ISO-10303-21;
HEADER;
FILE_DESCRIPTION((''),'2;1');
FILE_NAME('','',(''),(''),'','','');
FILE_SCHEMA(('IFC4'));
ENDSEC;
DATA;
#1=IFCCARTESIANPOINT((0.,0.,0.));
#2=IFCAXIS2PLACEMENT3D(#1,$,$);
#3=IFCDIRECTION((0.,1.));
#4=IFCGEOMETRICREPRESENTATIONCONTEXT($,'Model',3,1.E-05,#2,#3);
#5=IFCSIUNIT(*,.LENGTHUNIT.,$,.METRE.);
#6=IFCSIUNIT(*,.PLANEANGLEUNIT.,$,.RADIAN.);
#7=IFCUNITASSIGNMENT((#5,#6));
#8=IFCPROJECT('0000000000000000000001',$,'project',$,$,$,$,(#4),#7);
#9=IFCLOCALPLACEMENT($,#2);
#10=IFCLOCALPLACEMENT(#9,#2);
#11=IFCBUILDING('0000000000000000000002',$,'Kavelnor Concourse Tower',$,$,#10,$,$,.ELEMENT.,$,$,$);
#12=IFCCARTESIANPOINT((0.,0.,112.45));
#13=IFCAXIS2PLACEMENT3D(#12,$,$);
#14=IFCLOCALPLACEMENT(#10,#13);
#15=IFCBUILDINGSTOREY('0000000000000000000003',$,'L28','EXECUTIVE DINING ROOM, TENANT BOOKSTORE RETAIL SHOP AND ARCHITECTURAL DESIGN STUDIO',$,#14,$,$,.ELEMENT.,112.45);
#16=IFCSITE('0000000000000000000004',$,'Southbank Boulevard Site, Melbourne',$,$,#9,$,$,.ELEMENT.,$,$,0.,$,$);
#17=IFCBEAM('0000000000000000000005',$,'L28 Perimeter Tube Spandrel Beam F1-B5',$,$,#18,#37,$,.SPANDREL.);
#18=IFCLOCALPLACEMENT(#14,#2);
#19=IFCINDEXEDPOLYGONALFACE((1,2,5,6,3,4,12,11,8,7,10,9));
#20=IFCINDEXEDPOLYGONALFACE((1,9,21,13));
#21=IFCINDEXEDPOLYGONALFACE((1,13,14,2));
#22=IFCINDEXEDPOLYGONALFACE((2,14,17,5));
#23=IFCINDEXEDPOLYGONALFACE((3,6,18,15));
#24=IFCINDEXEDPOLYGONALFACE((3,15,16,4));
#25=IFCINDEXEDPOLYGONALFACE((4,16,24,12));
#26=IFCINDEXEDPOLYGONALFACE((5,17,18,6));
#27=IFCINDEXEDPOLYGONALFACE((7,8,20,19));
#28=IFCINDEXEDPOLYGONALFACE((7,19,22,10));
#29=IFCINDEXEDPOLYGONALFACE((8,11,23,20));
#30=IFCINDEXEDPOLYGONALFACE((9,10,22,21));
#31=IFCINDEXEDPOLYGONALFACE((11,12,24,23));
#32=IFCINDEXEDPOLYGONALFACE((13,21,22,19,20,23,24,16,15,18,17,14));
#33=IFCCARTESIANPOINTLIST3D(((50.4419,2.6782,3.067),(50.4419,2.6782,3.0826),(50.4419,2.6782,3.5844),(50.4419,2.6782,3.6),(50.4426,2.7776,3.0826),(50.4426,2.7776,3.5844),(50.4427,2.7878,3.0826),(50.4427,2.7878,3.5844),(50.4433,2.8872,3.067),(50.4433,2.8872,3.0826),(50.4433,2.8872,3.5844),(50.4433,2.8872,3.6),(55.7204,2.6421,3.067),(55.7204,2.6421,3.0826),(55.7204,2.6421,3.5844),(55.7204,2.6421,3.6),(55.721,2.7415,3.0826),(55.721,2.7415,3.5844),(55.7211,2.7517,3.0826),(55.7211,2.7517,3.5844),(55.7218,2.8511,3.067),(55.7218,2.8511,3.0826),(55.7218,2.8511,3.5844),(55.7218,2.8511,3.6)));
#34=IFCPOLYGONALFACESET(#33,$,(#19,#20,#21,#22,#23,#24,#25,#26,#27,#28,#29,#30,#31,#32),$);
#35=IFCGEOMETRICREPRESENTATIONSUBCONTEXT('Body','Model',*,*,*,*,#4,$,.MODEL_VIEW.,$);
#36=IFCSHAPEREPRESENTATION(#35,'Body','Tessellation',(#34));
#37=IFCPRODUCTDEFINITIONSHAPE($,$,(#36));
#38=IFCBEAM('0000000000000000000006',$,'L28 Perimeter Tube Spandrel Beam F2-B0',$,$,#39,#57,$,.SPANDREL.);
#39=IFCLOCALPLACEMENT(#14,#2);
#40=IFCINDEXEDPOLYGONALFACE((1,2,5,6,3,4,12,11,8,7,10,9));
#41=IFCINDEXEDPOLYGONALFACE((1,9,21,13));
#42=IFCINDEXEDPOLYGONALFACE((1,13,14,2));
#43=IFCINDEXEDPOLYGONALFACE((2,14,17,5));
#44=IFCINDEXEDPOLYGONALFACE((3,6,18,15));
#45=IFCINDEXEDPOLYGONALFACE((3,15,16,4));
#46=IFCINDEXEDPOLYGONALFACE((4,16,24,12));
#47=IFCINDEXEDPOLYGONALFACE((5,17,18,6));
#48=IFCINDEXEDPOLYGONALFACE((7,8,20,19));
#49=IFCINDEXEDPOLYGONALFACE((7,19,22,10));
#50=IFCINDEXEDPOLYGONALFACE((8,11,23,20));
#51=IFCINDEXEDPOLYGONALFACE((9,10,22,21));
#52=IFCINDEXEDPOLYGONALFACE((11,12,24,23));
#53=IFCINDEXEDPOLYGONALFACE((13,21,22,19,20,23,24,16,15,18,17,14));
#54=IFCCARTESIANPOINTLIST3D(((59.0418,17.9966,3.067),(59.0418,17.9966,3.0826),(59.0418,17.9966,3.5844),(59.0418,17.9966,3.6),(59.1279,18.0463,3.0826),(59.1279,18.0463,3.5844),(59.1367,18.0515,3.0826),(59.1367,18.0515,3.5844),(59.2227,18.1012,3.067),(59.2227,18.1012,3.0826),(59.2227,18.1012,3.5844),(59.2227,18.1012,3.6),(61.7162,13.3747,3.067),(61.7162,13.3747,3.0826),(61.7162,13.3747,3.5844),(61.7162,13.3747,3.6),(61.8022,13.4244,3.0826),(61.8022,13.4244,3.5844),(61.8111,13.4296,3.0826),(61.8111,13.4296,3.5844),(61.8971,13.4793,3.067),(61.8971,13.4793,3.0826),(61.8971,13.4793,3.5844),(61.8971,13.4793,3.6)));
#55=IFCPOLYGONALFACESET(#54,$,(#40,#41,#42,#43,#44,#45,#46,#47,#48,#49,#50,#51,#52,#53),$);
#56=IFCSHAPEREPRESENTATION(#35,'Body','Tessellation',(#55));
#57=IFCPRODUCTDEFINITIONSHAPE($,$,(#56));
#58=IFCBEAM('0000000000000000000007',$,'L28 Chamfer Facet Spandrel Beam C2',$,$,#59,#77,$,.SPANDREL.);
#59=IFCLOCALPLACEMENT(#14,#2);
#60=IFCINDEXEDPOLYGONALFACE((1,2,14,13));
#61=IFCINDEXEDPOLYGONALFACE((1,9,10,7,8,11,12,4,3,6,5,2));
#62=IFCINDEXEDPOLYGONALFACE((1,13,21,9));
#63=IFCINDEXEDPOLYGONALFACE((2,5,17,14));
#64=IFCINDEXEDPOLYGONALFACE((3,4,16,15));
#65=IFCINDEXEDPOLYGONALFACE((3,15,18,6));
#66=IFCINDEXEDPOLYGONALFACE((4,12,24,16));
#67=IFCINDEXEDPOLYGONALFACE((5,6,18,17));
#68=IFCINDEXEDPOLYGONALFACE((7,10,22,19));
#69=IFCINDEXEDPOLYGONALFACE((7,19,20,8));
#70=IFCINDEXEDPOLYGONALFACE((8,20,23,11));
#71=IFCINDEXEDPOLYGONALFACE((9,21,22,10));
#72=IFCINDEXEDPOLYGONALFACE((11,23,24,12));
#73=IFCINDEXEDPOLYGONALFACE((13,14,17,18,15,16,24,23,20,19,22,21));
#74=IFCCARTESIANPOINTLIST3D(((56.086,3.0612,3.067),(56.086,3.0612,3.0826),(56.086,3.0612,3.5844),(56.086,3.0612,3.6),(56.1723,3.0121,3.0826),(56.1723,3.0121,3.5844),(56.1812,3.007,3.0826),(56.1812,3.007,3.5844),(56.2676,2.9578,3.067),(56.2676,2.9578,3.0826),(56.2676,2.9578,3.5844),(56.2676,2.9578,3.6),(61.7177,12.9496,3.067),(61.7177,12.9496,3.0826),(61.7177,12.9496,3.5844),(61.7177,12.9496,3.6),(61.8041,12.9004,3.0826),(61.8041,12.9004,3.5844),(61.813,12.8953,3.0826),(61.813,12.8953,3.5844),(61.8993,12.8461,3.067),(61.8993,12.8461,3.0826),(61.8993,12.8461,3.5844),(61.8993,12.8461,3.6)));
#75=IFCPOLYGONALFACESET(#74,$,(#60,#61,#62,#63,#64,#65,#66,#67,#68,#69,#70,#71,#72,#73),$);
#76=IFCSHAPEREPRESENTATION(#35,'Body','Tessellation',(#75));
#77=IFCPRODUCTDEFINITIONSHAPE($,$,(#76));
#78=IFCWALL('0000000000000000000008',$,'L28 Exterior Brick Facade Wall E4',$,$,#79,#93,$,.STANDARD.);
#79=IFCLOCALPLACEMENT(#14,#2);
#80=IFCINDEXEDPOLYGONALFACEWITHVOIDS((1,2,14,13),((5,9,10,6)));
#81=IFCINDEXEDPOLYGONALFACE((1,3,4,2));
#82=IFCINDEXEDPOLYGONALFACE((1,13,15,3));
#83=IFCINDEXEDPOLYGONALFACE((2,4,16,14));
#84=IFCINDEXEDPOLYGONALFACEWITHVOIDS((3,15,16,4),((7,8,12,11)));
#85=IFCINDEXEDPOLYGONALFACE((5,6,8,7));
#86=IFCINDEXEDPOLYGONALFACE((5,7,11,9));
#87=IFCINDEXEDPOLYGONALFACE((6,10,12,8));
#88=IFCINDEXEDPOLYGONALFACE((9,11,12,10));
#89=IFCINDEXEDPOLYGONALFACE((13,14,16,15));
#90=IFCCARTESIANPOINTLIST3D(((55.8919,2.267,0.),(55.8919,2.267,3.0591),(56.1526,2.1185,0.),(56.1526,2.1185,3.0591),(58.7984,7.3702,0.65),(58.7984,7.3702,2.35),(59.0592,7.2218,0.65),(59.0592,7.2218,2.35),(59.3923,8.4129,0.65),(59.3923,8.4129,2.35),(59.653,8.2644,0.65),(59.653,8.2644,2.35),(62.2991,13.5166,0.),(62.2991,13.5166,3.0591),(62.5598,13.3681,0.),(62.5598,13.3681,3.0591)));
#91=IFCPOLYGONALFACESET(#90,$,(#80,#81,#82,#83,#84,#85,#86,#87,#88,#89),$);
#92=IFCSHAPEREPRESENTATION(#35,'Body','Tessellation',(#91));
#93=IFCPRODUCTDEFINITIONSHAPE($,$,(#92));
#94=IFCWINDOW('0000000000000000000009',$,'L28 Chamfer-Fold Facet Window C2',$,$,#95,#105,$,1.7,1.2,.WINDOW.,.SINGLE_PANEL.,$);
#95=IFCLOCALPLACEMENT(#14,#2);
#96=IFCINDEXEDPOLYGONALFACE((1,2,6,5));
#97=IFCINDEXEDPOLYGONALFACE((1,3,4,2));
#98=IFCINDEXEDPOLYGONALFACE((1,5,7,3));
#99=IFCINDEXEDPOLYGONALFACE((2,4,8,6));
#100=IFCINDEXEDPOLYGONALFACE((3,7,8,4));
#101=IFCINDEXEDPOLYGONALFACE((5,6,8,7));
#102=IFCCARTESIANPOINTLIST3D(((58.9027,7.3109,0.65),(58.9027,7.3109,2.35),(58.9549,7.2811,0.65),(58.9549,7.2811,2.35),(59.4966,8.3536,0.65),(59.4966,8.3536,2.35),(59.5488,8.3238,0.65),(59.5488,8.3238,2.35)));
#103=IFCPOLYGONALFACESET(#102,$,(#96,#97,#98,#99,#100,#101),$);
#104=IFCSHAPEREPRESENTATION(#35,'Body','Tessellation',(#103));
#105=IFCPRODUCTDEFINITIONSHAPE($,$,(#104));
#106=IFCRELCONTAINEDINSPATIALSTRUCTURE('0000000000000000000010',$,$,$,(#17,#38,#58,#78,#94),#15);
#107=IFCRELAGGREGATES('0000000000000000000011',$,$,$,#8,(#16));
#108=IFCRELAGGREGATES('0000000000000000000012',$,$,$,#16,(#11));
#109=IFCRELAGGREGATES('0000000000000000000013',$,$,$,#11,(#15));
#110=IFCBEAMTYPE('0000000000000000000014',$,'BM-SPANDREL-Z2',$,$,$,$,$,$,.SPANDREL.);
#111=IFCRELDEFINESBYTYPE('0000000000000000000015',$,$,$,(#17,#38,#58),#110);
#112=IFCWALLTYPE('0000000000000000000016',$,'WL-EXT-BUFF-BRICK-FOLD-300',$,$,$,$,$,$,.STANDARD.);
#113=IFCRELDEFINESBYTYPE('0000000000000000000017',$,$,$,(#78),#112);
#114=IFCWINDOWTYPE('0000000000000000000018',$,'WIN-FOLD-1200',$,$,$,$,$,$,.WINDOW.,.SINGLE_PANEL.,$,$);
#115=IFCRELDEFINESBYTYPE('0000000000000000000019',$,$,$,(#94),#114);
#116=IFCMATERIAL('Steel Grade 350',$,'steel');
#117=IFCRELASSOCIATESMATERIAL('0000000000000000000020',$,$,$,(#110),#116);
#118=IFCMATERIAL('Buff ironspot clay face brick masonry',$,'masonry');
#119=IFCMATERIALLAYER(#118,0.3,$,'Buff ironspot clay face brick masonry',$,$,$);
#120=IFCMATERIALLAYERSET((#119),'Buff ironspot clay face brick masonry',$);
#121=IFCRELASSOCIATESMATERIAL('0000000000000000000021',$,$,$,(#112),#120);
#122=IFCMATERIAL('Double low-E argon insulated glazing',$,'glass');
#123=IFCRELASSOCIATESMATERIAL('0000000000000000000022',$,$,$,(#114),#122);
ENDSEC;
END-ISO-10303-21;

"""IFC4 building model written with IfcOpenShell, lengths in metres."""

from ifc_helpers import new_model, si_unit, direction, frame, frame_2d, origin, origin_2d, place, context, subcontext, project, spatial, rectangle, i_section, extrude, material, layer, layer_set, material_profile, profile_set, type_object, element, fill, save


model = new_model("IFC4")

# Units and contexts
model_context = context("Model", 3, precision=1e-05, world=origin(), true_north=direction((0.0, 1.0)))
body_context = subcontext(model_context, "Body", "Model", "MODEL_VIEW")
ifc_project = project(units=[si_unit("LENGTHUNIT", "METRE"), si_unit("PLANEANGLEUNIT", "RADIAN")], contexts=[model_context])

# Site, building, storey
site_placement = place(None, origin())
site = spatial("IfcSite", under=ifc_project, at=site_placement, Name="Southbank Boulevard Site, Melbourne", CompositionType="ELEMENT", RefElevation=0.0)
building_placement = place(site_placement, origin())
building = spatial("IfcBuilding", under=site, at=building_placement, Name="Kavelnor Concourse Tower", CompositionType="ELEMENT")
storey_placement = place(building_placement, frame((0.0, 0.0, 112.45)))
storey = spatial("IfcBuildingStorey", under=building, at=storey_placement, Name="L28", Description="EXECUTIVE DINING ROOM, TENANT BOOKSTORE RETAIL SHOP AND ARCHITECTURAL DESIGN STUDIO", CompositionType="ELEMENT", Elevation=112.45)

# Shared definitions
ifc_material_1 = material(Name="Steel Grade 350", Category="steel")

# Beams
ifc_material_profile_1 = material_profile(ifc_material_1, i_section(OverallWidth=0.209, OverallDepth=0.533, WebThickness=0.0103, FlangeThickness=0.0156, at=origin_2d()), Name="530UB92")
ifc_profile_set_1 = profile_set([ifc_material_profile_1], Name="Steel Grade 350")
beam_type_1 = type_object("IfcBeamType", Name="BM-SPANDREL-Z2", PredefinedType="SPANDREL", material=ifc_profile_set_1)
beam_1_placement = place(storey_placement, frame((50.4426, 2.7827, 3.3335), z_axis=(0.999977, -0.006845, 0.0), x_axis=(0.006845, 0.999977, 0.0)))
element("IfcBeam", 1, at=beam_1_placement, inside=storey, type_object=beam_type_1, Name="L28 Perimeter Tube Spandrel Beam F1-B5", PredefinedType="SPANDREL", context=body_context, shape_type="SweptSolid", body=[
    extrude(i_section(OverallWidth=0.209, OverallDepth=0.533, WebThickness=0.0103, FlangeThickness=0.0156, at=origin_2d()), origin(), (0.0, 0.0, 1.0), 5.2786),
])
beam_2_placement = place(storey_placement, frame((61.8066, 13.427, 3.3335), z_axis=(-0.500829, 0.865546, 0.0), x_axis=(-0.865546, -0.500829, 0.0)))
element("IfcBeam", 2, at=beam_2_placement, inside=storey, type_object=beam_type_1, Name="L28 Perimeter Tube Spandrel Beam F2-B0", PredefinedType="SPANDREL", context=body_context, shape_type="SweptSolid", body=[
    extrude(i_section(OverallWidth=0.209, OverallDepth=0.533, WebThickness=0.0103, FlangeThickness=0.0156, at=origin_2d()), origin(), (0.0, 0.0, 1.0), 5.3398),
])
beam_3_placement = place(storey_placement, frame((56.1768, 3.0095, 3.3335), z_axis=(0.4949, 0.86895, 0.0), x_axis=(-0.86895, 0.4949, 0.0)))
element("IfcBeam", 3, at=beam_3_placement, inside=storey, type_object=beam_type_1, Name="L28 Chamfer Facet Spandrel Beam C2", PredefinedType="SPANDREL", context=body_context, shape_type="SweptSolid", body=[
    extrude(i_section(OverallWidth=0.209, OverallDepth=0.533, WebThickness=0.0103, FlangeThickness=0.0156, at=origin_2d()), origin(), (0.0, 0.0, 1.0), 11.3796),
])

# Wall, opening, window
ifc_material_2 = material(Name="Buff ironspot clay face brick masonry", Category="masonry")
ifc_layer_1 = layer(ifc_material_2, 0.3, Name="Buff ironspot clay face brick masonry")
ifc_layer_set_1 = layer_set([ifc_layer_1], Name="Buff ironspot clay face brick masonry")
wall_type_1 = type_object("IfcWallType", Name="WL-EXT-BUFF-BRICK-FOLD-300", PredefinedType="STANDARD", material=ifc_layer_set_1)
wall_1_placement = place(storey_placement, frame((62.4294, 13.4424, 0.0), z_axis=(0.0, 0.0, 1.0), x_axis=(-0.494904, -0.868948, 0.0)))
wall_1 = element("IfcWall", 4, at=wall_1_placement, inside=storey, type_object=wall_type_1, Name="L28 Exterior Brick Facade Wall E4", PredefinedType="STANDARD", context=body_context, shape_type="SweptSolid", body=[
    extrude(rectangle(XDim=12.9463, YDim=0.3, at=frame_2d((6.4731, 0.0))), origin(), (0.0, 0.0, 1.0), 3.0591),
])
opening_1_placement = place(wall_1_placement, frame((5.8733, 0.0, 0.6499)))
opening_1 = element("IfcOpeningElement", 5, at=opening_1_placement, cuts=wall_1, PredefinedType="OPENING", context=body_context, shape_type="SweptSolid", body=[
    extrude(rectangle(XDim=1.2, YDim=1.7, at=frame_2d((0.6001, 0.8501))), frame((0.0, 0.1602, 0.0), z_axis=(0.0, -1.0, 0.0), x_axis=(1.0, 0.0, 0.0)), (0.0, 0.0, 1.0), 0.3201),
])
ifc_material_3 = material(Name="Double low-E argon insulated glazing", Category="glass")
window_type_1 = type_object("IfcWindowType", Name="WIN-FOLD-1200", PartitioningType="SINGLE_PANEL", PredefinedType="WINDOW", material=ifc_material_3)
window_1_placement = place(opening_1_placement, origin())
window_1 = element("IfcWindow", 6, at=window_1_placement, inside=storey, type_object=window_type_1, Name="L28 Chamfer-Fold Facet Window C2", OverallHeight=1.7, OverallWidth=1.2, PartitioningType="SINGLE_PANEL", PredefinedType="WINDOW", context=body_context, shape_type="SweptSolid", body=[
    extrude(rectangle(XDim=1.2, YDim=1.7, at=frame_2d((0.6001, 0.8501))), frame((0.0, 0.03, 0.0), z_axis=(0.0, -1.0, 0.0), x_axis=(1.0, 0.0, 0.0)), (0.0, 0.0, 1.0), 0.0601),
])
fill(opening_1, window_1)

save(model, "model.ifc")
